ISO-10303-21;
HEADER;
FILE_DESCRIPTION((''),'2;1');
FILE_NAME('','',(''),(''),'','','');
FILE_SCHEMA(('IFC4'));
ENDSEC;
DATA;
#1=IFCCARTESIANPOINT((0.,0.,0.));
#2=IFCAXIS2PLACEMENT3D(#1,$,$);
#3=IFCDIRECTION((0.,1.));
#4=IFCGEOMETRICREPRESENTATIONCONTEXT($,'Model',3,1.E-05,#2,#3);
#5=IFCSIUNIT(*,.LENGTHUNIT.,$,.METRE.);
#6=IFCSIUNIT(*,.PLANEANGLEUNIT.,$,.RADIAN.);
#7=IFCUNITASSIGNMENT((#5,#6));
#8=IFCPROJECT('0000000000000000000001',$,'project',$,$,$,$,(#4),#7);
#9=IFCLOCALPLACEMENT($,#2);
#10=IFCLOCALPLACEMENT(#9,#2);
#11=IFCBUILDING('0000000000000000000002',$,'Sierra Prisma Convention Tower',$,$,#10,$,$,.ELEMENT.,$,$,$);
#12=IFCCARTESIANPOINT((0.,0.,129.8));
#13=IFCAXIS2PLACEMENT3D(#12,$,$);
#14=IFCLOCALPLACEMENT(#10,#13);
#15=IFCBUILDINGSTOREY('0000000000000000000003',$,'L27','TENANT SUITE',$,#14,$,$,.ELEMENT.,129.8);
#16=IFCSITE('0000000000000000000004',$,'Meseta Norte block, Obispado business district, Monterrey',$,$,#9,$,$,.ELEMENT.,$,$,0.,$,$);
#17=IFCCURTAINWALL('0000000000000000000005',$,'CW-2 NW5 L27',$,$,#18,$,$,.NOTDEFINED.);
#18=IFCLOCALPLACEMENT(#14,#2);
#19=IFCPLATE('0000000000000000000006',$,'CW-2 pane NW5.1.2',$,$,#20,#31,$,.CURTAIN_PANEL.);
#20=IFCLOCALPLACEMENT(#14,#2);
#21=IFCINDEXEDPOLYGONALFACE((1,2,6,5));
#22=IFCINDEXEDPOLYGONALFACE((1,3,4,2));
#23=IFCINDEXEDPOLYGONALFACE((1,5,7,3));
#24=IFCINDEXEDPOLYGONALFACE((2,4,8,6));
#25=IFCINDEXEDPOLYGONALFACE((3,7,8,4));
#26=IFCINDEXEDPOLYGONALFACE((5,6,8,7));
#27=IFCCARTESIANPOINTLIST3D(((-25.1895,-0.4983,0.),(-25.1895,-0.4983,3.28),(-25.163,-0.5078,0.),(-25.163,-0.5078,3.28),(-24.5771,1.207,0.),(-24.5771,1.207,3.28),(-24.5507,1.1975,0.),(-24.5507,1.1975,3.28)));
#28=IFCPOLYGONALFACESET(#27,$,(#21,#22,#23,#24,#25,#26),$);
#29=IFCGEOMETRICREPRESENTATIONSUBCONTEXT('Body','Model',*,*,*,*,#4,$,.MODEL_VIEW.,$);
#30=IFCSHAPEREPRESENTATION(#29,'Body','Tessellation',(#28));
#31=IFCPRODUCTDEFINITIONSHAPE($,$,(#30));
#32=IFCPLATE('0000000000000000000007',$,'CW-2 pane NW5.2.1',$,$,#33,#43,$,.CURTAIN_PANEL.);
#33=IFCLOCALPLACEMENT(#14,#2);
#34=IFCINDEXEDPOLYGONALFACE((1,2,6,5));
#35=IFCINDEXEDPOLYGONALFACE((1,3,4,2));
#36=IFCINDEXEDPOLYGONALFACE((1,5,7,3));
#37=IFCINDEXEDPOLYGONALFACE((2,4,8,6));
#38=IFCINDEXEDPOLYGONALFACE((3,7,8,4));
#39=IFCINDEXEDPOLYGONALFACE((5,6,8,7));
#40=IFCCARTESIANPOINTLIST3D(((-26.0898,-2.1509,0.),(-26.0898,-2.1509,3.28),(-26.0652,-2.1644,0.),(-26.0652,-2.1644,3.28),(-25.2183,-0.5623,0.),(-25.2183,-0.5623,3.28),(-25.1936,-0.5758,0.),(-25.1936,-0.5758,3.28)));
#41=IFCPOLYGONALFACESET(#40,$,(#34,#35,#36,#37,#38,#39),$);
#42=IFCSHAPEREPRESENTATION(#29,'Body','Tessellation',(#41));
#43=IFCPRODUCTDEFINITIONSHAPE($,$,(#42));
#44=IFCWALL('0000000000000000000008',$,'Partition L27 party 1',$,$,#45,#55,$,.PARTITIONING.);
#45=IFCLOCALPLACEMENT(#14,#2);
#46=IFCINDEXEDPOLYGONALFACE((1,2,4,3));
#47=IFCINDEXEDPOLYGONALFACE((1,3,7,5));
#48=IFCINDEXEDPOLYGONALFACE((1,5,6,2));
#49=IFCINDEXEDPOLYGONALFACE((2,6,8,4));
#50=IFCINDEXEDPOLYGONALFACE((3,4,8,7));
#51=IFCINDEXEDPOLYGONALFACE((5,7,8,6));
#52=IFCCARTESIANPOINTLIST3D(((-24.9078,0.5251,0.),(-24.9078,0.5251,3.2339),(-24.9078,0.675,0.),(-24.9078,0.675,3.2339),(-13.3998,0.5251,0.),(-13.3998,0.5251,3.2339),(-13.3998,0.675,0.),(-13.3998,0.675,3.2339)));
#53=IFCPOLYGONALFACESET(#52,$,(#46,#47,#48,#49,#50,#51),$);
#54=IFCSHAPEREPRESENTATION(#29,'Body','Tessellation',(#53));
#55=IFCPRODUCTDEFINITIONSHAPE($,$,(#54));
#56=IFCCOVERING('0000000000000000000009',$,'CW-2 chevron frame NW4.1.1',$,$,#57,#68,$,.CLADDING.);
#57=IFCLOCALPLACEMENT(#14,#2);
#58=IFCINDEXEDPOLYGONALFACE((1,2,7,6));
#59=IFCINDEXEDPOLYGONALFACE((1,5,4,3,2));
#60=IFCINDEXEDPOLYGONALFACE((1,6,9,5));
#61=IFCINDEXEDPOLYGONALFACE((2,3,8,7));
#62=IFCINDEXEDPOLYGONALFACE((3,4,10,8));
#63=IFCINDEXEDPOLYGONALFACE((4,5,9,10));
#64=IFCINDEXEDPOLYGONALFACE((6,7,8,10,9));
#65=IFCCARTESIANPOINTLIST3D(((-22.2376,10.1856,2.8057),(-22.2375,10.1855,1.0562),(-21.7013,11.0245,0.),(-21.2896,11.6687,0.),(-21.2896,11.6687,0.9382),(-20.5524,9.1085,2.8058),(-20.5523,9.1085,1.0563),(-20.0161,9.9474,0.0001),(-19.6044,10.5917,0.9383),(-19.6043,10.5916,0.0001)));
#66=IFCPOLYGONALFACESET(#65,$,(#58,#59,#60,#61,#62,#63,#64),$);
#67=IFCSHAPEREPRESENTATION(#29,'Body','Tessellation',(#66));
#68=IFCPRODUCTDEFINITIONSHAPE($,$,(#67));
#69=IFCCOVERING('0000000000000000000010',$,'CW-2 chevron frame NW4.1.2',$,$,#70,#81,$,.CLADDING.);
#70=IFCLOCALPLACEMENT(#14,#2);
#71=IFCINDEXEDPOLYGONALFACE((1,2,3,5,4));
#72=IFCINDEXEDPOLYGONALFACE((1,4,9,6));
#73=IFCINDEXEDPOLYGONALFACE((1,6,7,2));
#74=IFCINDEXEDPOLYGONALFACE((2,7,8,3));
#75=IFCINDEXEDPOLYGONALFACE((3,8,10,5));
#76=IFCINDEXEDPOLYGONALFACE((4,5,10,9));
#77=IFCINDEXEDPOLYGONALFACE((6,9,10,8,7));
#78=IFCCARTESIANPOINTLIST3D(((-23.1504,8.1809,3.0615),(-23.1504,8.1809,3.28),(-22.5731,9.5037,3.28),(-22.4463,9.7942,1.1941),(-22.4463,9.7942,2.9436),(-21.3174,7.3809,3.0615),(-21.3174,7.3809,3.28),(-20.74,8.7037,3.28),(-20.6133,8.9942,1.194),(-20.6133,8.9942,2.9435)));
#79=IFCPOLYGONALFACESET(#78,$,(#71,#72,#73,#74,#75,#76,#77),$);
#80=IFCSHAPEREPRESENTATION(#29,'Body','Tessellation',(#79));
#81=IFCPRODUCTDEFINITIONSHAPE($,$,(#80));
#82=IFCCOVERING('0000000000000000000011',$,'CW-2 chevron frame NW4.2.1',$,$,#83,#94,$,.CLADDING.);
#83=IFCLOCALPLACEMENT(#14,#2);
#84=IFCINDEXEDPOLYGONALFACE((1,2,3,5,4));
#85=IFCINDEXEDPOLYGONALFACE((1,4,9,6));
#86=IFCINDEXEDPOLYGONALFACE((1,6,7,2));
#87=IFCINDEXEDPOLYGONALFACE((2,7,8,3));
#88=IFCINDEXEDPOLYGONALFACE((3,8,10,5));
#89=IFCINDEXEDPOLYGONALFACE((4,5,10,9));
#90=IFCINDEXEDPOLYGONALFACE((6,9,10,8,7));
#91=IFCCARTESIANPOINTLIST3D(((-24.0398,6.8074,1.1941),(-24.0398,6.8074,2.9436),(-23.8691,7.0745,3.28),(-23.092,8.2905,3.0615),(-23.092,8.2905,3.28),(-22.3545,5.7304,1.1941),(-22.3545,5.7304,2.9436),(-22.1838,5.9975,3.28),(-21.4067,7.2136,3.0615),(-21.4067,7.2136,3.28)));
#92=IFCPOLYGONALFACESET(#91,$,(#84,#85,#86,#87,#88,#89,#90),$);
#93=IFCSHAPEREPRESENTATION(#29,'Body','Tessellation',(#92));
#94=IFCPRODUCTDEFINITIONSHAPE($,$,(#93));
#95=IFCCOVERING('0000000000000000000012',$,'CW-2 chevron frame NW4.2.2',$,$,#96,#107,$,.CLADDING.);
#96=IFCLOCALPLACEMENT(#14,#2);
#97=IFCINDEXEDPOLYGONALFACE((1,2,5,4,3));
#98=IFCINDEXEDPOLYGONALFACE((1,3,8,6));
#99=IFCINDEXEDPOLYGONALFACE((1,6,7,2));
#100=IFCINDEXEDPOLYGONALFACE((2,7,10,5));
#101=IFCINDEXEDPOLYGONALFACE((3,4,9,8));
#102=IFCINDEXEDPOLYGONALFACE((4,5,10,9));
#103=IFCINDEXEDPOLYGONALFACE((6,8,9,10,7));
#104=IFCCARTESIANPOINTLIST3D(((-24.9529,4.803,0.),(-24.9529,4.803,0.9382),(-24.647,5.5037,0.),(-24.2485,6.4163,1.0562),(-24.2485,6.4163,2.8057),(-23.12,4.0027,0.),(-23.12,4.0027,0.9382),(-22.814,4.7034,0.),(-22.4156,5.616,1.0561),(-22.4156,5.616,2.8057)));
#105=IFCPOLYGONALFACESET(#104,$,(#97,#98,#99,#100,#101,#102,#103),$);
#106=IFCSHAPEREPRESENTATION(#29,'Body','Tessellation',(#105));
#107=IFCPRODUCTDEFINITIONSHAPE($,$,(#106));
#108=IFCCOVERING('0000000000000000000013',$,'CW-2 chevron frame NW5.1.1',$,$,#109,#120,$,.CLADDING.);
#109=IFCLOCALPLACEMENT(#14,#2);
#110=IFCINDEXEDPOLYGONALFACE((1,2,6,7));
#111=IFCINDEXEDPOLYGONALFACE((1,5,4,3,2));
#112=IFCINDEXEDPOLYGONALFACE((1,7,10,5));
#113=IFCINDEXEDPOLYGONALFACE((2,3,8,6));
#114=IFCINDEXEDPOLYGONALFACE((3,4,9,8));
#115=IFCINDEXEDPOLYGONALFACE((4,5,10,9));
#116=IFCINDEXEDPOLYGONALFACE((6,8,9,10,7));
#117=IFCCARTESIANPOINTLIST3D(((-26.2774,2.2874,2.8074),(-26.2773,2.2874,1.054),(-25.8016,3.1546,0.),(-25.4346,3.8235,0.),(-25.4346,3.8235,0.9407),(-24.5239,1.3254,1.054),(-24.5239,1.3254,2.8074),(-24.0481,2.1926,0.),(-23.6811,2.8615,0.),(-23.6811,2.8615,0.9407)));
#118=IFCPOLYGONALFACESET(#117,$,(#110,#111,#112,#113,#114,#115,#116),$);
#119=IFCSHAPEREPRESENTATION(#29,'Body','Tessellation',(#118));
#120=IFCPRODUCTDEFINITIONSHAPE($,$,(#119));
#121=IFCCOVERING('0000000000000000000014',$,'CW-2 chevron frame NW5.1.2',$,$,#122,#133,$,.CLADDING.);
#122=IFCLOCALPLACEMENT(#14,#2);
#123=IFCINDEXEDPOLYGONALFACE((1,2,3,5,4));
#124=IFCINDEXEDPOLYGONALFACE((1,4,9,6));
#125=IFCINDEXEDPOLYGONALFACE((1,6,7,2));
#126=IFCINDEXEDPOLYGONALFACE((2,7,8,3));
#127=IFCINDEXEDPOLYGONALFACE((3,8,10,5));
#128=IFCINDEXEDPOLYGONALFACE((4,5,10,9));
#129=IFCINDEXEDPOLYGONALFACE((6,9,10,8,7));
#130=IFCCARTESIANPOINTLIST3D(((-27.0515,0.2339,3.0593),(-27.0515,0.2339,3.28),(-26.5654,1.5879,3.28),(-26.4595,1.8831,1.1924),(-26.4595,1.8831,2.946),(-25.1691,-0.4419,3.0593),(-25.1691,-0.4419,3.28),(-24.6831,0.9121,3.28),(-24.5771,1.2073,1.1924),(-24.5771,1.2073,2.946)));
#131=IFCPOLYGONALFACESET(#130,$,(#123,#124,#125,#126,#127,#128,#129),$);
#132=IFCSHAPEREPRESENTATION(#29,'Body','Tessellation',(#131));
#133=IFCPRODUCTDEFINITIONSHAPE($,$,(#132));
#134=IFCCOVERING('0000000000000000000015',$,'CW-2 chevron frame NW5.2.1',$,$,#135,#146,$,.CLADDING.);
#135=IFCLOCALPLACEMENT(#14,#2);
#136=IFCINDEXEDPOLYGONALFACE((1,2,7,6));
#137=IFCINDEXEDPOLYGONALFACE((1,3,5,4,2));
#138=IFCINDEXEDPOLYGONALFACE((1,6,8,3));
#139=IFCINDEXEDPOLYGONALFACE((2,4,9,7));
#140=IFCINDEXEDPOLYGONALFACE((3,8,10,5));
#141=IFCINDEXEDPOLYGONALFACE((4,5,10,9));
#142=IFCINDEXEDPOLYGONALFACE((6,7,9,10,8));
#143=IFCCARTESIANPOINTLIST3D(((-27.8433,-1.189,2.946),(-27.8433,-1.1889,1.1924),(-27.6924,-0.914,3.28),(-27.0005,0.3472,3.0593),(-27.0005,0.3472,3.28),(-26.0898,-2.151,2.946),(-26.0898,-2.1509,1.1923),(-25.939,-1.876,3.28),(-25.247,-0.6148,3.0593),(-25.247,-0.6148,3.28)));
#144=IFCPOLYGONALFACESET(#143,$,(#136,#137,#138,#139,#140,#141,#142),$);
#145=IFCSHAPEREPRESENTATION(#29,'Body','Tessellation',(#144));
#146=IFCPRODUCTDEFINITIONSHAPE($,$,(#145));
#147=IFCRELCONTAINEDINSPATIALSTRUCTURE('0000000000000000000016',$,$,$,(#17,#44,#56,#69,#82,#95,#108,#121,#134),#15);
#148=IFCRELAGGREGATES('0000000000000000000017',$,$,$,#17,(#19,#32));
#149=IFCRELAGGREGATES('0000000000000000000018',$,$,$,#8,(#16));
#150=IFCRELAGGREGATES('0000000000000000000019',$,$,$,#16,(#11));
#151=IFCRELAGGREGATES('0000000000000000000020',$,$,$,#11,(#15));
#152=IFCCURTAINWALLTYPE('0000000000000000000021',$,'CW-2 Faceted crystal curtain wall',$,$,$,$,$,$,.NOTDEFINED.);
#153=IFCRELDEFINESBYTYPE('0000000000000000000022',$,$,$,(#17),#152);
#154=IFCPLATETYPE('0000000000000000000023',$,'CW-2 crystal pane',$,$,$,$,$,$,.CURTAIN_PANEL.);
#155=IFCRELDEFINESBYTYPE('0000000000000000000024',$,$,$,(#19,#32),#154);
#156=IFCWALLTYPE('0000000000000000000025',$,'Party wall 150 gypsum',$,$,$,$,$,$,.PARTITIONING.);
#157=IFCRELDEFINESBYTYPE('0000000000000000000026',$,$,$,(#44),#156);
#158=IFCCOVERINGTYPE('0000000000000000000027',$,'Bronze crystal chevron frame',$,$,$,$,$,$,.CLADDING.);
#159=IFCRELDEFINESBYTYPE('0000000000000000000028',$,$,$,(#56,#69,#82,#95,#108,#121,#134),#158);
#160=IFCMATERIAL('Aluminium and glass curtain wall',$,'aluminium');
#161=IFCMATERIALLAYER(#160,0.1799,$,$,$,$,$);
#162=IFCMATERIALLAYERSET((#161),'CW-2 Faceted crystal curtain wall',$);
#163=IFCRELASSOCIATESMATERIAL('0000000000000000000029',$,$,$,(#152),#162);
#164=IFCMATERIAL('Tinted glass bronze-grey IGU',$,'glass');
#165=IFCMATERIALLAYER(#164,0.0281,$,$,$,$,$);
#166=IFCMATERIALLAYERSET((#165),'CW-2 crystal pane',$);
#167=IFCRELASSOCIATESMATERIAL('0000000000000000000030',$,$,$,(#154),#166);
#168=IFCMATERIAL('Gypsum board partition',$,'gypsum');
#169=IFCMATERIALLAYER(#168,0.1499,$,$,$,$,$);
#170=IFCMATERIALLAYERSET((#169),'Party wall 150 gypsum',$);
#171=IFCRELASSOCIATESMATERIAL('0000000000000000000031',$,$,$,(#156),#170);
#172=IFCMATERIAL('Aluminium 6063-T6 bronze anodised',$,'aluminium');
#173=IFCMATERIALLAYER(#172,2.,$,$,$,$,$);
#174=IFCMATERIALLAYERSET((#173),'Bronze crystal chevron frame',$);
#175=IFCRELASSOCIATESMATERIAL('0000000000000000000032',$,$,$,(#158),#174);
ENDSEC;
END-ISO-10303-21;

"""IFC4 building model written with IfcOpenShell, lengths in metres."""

from ifc_helpers import new_model, si_unit, direction, frame, frame_2d, origin, place, context, subcontext, project, spatial, polyline, rectangle, outline, extrude, material, layer, layer_set, type_object, element, aggregate, save


model = new_model("IFC4")

# Units and contexts
model_context = context("Model", 3, precision=1e-05, world=origin(), true_north=direction((0.0, 1.0)))
body_context = subcontext(model_context, "Body", "Model", "MODEL_VIEW")
ifc_project = project(units=[si_unit("LENGTHUNIT", "METRE"), si_unit("PLANEANGLEUNIT", "RADIAN")], contexts=[model_context])

# Site, building, storey
site_placement = place(None, origin())
site = spatial("IfcSite", under=ifc_project, at=site_placement, Name="Meseta Norte block, Obispado business district, Monterrey", CompositionType="ELEMENT", RefElevation=0.0)
building_placement = place(site_placement, origin())
building = spatial("IfcBuilding", under=site, at=building_placement, Name="Sierra Prisma Convention Tower", CompositionType="ELEMENT")
storey_placement = place(building_placement, frame((0.0, 0.0, 129.8)))
storey = spatial("IfcBuildingStorey", under=building, at=storey_placement, Name="L27", Description="TENANT SUITE", CompositionType="ELEMENT", Elevation=129.8)

# Shared definitions
ifc_material_1 = material(Name="Aluminium and glass curtain wall", Category="aluminium")
ifc_layer_1 = layer(ifc_material_1, 0.1799)
ifc_layer_set_1 = layer_set([ifc_layer_1], Name="CW-2 Faceted crystal curtain wall")
curtain_wall_type = type_object("IfcCurtainWallType", Name="CW-2 Faceted crystal curtain wall", PredefinedType="NOTDEFINED", material=ifc_layer_set_1)

# Curtain wall
curtain_wall_1_placement = place(storey_placement, origin())
curtain_wall_1 = element("IfcCurtainWall", 1, at=curtain_wall_1_placement, inside=storey, type_object=curtain_wall_type, Name="CW-2 NW5 L27", PredefinedType="NOTDEFINED")

# Shared definitions
ifc_material_2 = material(Name="Tinted glass bronze-grey IGU", Category="glass")
ifc_layer_2 = layer(ifc_material_2, 0.0281)
ifc_layer_set_2 = layer_set([ifc_layer_2], Name="CW-2 crystal pane")
plate_type = type_object("IfcPlateType", Name="CW-2 crystal pane", PredefinedType="CURTAIN_PANEL", material=ifc_layer_set_2)

# Plates
plate_1_placement = place(storey_placement, frame((-25.1895, -0.4983, 0.0), z_axis=(-0.94117, 0.337932, 0.0), x_axis=(0.337932, 0.94117, 0.0)))
plate_1 = element("IfcPlate", 2, at=plate_1_placement, type_object=plate_type, Name="CW-2 pane NW5.1.2", PredefinedType="CURTAIN_PANEL", context=body_context, shape_type="SweptSolid", body=[
    extrude(outline(polyline([(0.0, 0.0), (1.8119, 0.0), (1.8119, -3.28), (0.0, -3.28), (0.0, 0.0)])), origin(), (0.0, 0.0, -1.0), 0.0281),
])
plate_2_placement = place(storey_placement, frame((-25.2183, -0.5623, 0.0), z_axis=(-0.876719, 0.481003, 0.0), x_axis=(-0.481003, -0.876719, 0.0)))
plate_2 = element("IfcPlate", 3, at=plate_2_placement, type_object=plate_type, Name="CW-2 pane NW5.2.1", PredefinedType="CURTAIN_PANEL", context=body_context, shape_type="SweptSolid", body=[
    extrude(outline(polyline([(0.0, 0.0), (1.812, 0.0), (1.812, 3.28), (0.0, 3.28), (0.0, 0.0)])), origin(), (0.0, 0.0, -1.0), 0.0281),
])
aggregate(curtain_wall_1, [plate_1, plate_2])

# Wall
ifc_material_3 = material(Name="Gypsum board partition", Category="gypsum")
ifc_layer_3 = layer(ifc_material_3, 0.1499)
ifc_layer_set_3 = layer_set([ifc_layer_3], Name="Party wall 150 gypsum")
wall_type = type_object("IfcWallType", Name="Party wall 150 gypsum", PredefinedType="PARTITIONING", material=ifc_layer_set_3)
wall_placement = place(storey_placement, frame((-13.3999, 0.6001, 0.0), z_axis=(0.0, 0.0, 1.0), x_axis=(-1.0, 0.0, 0.0)))
element("IfcWall", 4, at=wall_placement, inside=storey, type_object=wall_type, Name="Partition L27 party 1", PredefinedType="PARTITIONING", context=body_context, shape_type="SweptSolid", body=[
    extrude(rectangle(XDim=11.5081, YDim=0.1499, at=frame_2d((5.7539, 0.0))), origin(), (0.0, 0.0, 1.0), 3.2339),
])

# Coverings
ifc_material_4 = material(Name="Aluminium 6063-T6 bronze anodised", Category="aluminium")
ifc_layer_4 = layer(ifc_material_4, 2.0)
ifc_layer_set_4 = layer_set([ifc_layer_4], Name="Bronze crystal chevron frame")
covering_type = type_object("IfcCoveringType", Name="Bronze crystal chevron frame", PredefinedType="CLADDING", material=ifc_layer_set_4)
covering_1_placement = place(storey_placement, frame((-21.2896, 11.6687, 0.0), z_axis=(-0.842603, 0.538536, -0.000052), x_axis=(-0.538536, -0.842603, 0.0)))
element("IfcCovering", 5, at=covering_1_placement, inside=storey, type_object=covering_type, Name="CW-2 chevron frame NW4.1.1", PredefinedType="CLADDING", context=body_context, shape_type="SweptSolid", body=[
    extrude(outline(polyline([(0.0, 0.0), (0.7646, 0.0), (1.7602, 1.0562), (1.7602, 2.8057), (0.0, 0.9382), (0.0, 0.0)])), origin(), (0.0, 0.0, -1.0), 2.0),
])
covering_2_placement = place(storey_placement, frame((-22.4463, 9.7942, 2.9436), z_axis=(-0.916511, 0.40001, 0.000036), x_axis=(-0.000033, 0.000015, -1.0)))
element("IfcCovering", 6, at=covering_2_placement, inside=storey, type_object=covering_type, Name="CW-2 chevron frame NW4.1.2", PredefinedType="CLADDING", context=body_context, shape_type="SweptSolid", body=[
    extrude(outline(polyline([(0.0, 0.0), (1.7495, 0.0), (-0.1179, 1.7602), (-0.3364, 1.7602), (-0.3364, 0.317), (0.0, 0.0)])), origin(), (0.0, 0.0, -1.0), 2.0),
])
covering_3_placement = place(storey_placement, frame((-23.092, 8.2905, 3.28), z_axis=(-0.842648, 0.538464, -0.000007), x_axis=(0.000006, -0.000004, -1.0)))
element("IfcCovering", 7, at=covering_3_placement, inside=storey, type_object=covering_type, Name="CW-2 chevron frame NW4.2.1", PredefinedType="CLADDING", context=body_context, shape_type="SweptSolid", body=[
    extrude(outline(polyline([(0.0, 0.0), (0.2185, 0.0), (2.0859, 1.7601), (0.3364, 1.7601), (0.0, 1.4432), (0.0, 0.0)])), origin(), (0.0, 0.0, -1.0), 2.0),
])
covering_4_placement = place(storey_placement, frame((-24.9529, 4.803, 0.0), z_axis=(-0.916463, 0.40012, 0.000001), x_axis=(0.000001, -0.000001, 1.0)))
element("IfcCovering", 8, at=covering_4_placement, inside=storey, type_object=covering_type, Name="CW-2 chevron frame NW4.2.2", PredefinedType="CLADDING", context=body_context, shape_type="SweptSolid", body=[
    extrude(outline(polyline([(0.0, 0.0), (0.9382, 0.0), (2.8057, 1.7603), (1.0562, 1.7603), (0.0, 0.7646), (0.0, 0.0)])), origin(), (0.0, 0.0, -1.0), 2.0),
])
covering_5_placement = place(storey_placement, frame((-25.4346, 3.8235, 0.0), z_axis=(-0.876726, 0.480989, -0.000017), x_axis=(-0.480989, -0.876726, 0.0)))
element("IfcCovering", 9, at=covering_5_placement, inside=storey, type_object=covering_type, Name="CW-2 chevron frame NW5.1.1", PredefinedType="CLADDING", context=body_context, shape_type="SweptSolid", body=[
    extrude(outline(polyline([(0.0, 0.0), (0.763, 0.0), (1.7521, 1.054), (1.7521, 2.8074), (0.0, 0.9407), (0.0, 0.0)])), origin(), (0.0, 0.0, -1.0), 2.0),
])
covering_6_placement = place(storey_placement, frame((-26.4595, 1.8831, 2.946), z_axis=(-0.941189, 0.337881, 0.000002), x_axis=(-0.000002, 0.000001, -1.0)))
element("IfcCovering", 10, at=covering_6_placement, inside=storey, type_object=covering_type, Name="CW-2 chevron frame NW5.1.2", PredefinedType="CLADDING", context=body_context, shape_type="SweptSolid", body=[
    extrude(outline(polyline([(0.0, 0.0), (1.7537, 0.0), (-0.1133, 1.7522), (-0.334, 1.7522), (-0.334, 0.3136), (0.0, 0.0)])), origin(), (0.0, 0.0, -1.0), 2.0),
])
covering_7_placement = place(storey_placement, frame((-27.0005, 0.3472, 3.28), z_axis=(-0.876724, 0.480995, 0.000023), x_axis=(-0.00002, 0.000011, -1.0)))
element("IfcCovering", 11, at=covering_7_placement, inside=storey, type_object=covering_type, Name="CW-2 chevron frame NW5.2.1", PredefinedType="CLADDING", context=body_context, shape_type="SweptSolid", body=[
    extrude(outline(polyline([(0.0, 0.0), (0.2207, 0.0), (2.0876, 1.7521), (0.334, 1.7521), (0.0, 1.4385), (0.0, 0.0)])), origin(), (0.0, 0.0, -1.0), 2.0),
])

save(model, "model.ifc")
